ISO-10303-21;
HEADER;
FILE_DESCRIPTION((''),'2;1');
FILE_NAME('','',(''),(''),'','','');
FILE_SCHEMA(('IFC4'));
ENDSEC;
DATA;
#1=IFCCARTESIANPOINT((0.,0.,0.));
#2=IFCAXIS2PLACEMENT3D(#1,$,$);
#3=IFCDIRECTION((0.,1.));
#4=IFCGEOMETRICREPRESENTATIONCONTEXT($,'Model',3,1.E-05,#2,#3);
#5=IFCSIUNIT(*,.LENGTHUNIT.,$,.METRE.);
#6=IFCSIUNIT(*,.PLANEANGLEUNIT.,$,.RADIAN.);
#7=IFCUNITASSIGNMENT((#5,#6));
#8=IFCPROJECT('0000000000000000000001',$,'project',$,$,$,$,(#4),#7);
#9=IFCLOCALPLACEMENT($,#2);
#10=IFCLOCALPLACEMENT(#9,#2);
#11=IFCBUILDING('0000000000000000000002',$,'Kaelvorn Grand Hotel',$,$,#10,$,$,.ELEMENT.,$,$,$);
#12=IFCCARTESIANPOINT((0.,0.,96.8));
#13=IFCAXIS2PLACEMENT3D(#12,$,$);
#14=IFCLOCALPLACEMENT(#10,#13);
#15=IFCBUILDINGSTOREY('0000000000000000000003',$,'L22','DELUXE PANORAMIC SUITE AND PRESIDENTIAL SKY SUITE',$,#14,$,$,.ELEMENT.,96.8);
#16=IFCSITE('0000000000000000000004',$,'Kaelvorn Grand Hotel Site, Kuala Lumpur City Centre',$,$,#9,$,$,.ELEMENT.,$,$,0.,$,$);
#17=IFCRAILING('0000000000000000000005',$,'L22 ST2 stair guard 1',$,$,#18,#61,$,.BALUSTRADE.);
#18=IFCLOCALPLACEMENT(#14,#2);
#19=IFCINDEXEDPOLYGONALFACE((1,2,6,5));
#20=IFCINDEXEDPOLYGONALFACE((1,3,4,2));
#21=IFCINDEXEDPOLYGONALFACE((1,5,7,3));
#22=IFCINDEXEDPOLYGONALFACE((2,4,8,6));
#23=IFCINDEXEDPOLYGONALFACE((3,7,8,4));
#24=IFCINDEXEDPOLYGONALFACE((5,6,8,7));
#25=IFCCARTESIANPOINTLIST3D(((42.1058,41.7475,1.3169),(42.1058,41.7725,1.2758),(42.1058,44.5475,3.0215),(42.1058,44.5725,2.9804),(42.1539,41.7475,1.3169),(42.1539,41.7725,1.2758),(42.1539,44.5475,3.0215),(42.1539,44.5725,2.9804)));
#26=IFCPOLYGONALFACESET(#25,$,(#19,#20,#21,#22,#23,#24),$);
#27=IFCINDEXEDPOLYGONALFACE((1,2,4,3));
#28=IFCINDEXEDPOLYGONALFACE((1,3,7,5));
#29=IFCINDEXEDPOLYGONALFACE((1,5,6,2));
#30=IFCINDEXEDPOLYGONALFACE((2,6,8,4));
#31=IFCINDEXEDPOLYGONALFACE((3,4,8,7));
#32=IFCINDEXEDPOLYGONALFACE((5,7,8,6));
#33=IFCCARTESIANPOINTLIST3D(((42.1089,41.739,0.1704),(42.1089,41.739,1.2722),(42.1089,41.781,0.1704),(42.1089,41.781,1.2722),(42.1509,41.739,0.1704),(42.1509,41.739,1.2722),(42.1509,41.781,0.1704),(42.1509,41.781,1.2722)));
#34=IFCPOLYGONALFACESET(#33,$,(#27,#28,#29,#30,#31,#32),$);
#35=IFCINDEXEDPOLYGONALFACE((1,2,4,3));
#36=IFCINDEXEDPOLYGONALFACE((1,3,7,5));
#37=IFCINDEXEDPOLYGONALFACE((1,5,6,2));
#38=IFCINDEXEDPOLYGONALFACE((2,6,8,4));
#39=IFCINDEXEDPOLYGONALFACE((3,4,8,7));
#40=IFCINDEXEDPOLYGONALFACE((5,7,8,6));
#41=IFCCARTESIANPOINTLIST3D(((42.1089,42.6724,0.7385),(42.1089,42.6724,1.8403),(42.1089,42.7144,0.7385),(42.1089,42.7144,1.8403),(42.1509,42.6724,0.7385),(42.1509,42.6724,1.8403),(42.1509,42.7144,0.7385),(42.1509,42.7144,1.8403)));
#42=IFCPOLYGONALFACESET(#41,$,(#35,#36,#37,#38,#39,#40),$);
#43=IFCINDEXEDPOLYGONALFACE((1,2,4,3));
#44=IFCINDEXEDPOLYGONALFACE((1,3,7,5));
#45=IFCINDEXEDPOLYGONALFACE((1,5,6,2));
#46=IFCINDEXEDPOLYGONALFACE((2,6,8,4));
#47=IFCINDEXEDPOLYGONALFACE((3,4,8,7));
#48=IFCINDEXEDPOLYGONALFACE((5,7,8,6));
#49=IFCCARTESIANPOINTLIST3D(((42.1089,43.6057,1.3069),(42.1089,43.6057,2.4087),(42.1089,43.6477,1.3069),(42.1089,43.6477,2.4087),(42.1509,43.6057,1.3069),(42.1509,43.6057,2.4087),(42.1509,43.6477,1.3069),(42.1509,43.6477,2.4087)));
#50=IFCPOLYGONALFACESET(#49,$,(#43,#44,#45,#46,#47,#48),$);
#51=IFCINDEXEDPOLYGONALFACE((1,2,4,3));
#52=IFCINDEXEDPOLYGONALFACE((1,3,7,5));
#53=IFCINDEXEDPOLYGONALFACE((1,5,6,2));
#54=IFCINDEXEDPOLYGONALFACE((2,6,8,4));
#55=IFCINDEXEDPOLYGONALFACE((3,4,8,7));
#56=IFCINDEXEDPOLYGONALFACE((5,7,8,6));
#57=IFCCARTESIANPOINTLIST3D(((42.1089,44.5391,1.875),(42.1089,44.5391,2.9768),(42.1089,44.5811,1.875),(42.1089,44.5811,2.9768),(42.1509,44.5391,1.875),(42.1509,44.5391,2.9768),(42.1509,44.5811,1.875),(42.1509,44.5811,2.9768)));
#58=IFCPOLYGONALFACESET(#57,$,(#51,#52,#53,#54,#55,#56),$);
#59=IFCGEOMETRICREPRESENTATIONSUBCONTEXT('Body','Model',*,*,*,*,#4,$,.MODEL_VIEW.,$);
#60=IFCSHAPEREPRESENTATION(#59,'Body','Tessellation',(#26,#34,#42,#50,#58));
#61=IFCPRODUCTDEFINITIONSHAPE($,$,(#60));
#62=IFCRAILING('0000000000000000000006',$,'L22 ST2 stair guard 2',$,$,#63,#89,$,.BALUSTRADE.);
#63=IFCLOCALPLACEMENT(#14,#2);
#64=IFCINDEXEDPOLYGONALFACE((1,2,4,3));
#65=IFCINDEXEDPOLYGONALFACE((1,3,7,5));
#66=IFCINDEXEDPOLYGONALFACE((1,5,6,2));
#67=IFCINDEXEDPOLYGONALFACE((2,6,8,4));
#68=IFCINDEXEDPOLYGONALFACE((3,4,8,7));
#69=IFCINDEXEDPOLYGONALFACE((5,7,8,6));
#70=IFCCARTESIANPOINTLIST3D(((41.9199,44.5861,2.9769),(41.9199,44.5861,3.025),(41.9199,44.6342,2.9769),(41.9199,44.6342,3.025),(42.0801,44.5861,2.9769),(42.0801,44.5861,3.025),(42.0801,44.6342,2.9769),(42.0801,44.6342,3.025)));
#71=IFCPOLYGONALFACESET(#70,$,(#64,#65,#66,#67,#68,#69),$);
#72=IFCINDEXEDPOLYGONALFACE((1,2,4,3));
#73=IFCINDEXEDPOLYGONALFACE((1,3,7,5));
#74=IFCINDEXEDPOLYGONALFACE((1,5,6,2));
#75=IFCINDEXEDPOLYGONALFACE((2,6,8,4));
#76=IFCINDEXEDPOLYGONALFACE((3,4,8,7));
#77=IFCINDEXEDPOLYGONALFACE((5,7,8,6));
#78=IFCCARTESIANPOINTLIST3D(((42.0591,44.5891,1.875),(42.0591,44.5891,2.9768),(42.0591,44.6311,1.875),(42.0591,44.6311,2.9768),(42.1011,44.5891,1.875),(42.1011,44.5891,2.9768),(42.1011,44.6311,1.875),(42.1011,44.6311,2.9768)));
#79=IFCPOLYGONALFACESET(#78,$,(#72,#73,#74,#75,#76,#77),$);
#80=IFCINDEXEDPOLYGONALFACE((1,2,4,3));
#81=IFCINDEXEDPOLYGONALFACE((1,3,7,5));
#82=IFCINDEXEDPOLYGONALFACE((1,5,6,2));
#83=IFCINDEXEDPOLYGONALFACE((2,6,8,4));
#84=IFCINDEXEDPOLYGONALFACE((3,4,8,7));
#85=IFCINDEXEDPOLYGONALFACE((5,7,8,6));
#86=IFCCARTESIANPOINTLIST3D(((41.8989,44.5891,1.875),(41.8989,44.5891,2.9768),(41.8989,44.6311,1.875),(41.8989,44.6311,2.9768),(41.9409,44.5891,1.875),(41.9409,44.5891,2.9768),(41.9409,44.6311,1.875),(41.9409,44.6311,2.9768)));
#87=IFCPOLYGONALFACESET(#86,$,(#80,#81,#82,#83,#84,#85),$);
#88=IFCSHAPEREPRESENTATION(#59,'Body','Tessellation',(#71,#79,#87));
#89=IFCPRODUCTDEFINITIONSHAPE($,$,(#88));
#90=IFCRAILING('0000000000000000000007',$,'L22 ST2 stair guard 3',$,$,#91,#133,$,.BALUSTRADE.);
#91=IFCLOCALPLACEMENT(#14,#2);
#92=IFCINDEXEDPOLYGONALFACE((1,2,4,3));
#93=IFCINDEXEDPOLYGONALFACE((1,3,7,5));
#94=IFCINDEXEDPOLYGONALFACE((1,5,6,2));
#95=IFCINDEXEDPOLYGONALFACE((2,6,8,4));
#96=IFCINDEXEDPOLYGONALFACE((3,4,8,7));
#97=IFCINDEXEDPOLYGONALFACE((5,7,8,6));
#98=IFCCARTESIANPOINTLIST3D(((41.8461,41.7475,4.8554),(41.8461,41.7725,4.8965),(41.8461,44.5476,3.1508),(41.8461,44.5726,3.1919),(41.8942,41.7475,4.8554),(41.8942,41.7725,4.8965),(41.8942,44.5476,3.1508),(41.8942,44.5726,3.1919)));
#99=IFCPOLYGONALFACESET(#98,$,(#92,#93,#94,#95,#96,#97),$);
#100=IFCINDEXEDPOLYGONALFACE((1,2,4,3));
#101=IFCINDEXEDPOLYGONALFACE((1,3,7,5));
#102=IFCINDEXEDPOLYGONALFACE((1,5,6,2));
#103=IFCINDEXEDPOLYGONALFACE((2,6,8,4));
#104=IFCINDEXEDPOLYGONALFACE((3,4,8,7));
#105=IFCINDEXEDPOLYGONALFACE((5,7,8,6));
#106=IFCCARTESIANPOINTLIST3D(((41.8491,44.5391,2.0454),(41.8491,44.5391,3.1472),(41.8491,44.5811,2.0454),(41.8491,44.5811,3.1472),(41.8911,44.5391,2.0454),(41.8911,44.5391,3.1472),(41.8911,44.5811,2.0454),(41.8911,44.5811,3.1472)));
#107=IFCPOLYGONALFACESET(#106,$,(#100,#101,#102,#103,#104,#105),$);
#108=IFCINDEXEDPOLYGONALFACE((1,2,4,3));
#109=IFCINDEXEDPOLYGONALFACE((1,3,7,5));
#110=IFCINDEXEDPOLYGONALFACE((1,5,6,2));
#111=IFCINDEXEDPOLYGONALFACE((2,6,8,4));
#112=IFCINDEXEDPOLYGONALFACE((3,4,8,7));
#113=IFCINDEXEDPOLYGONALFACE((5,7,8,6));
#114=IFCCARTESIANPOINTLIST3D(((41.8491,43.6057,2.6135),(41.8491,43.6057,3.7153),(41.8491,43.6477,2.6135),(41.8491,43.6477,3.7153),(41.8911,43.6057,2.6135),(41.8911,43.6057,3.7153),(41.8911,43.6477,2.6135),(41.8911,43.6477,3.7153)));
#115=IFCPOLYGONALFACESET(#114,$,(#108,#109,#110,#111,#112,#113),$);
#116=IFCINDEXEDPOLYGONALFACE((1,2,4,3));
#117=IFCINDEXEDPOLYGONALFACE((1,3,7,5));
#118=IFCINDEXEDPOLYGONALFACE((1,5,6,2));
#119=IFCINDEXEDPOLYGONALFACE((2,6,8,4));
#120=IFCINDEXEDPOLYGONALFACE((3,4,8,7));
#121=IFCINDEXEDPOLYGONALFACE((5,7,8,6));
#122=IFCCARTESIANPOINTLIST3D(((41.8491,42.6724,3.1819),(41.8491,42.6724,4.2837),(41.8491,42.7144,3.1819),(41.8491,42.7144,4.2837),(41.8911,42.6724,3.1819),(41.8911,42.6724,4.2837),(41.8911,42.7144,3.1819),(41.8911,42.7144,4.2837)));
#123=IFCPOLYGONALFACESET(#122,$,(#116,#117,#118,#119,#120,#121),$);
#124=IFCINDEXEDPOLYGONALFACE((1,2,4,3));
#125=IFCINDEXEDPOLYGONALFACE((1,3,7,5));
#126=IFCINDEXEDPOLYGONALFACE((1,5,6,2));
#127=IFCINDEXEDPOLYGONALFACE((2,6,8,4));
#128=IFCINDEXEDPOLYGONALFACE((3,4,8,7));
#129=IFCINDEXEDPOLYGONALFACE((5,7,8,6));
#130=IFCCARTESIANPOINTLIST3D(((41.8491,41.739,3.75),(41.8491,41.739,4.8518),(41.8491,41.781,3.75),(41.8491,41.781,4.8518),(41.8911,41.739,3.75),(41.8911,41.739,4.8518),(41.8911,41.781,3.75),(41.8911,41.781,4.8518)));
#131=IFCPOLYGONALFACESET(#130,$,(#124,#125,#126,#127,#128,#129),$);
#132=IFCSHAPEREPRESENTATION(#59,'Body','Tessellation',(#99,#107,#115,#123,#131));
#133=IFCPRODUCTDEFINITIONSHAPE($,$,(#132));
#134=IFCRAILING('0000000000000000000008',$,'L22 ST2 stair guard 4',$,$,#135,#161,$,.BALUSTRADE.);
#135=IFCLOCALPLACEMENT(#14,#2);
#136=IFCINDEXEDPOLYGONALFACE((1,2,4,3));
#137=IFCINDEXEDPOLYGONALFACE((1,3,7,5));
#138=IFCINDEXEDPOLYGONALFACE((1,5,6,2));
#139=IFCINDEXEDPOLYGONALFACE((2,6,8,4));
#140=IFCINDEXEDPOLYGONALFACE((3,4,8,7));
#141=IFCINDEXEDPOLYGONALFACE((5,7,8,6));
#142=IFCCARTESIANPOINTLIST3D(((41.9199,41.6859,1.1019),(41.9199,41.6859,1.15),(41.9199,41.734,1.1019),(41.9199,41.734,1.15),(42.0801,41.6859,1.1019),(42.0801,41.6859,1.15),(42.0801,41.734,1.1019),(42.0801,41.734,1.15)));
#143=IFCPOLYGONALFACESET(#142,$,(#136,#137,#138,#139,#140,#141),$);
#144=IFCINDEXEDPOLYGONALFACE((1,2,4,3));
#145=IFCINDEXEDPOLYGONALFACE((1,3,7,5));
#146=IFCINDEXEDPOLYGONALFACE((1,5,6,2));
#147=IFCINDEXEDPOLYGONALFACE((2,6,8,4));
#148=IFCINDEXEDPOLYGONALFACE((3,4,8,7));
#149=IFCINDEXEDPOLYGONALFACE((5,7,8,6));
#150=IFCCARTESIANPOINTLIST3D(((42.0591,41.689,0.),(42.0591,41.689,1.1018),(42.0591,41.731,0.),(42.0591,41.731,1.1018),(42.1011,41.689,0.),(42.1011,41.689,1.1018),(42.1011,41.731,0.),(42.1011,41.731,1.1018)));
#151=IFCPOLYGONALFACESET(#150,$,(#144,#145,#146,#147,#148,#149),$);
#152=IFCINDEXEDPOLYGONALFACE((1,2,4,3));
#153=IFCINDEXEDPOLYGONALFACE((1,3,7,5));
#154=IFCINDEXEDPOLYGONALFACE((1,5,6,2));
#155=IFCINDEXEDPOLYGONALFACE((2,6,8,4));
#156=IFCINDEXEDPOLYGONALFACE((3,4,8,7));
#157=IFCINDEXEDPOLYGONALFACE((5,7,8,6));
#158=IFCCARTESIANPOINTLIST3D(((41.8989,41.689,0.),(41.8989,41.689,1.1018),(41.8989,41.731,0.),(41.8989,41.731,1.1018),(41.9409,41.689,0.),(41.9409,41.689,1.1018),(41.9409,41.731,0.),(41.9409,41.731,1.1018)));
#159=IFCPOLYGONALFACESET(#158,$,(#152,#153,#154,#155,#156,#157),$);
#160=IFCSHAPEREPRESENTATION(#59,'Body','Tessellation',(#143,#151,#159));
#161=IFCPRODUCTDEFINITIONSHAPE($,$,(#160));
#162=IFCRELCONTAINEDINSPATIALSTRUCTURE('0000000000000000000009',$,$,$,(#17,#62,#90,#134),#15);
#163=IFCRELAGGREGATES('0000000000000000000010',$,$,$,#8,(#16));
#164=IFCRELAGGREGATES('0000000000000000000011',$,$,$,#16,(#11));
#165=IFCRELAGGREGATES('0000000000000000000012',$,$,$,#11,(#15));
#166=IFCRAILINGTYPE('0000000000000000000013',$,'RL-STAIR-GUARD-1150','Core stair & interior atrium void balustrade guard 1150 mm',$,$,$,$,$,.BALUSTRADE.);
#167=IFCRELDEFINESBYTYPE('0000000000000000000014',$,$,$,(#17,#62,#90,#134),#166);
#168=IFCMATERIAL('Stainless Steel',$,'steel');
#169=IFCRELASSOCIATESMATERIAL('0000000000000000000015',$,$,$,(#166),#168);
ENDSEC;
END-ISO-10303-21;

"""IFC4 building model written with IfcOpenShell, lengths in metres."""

from ifc_helpers import new_model, si_unit, direction, frame, origin, origin_2d, place, context, subcontext, project, spatial, rectangle, extrude, material, type_object, element, save


model = new_model("IFC4")

# Units and contexts
model_context = context("Model", 3, precision=1e-05, world=origin(), true_north=direction((0.0, 1.0)))
body_context = subcontext(model_context, "Body", "Model", "MODEL_VIEW")
ifc_project = project(units=[si_unit("LENGTHUNIT", "METRE"), si_unit("PLANEANGLEUNIT", "RADIAN")], contexts=[model_context])

# Site, building, storey
site_placement = place(None, origin())
site = spatial("IfcSite", under=ifc_project, at=site_placement, Name="Kaelvorn Grand Hotel Site, Kuala Lumpur City Centre", CompositionType="ELEMENT", RefElevation=0.0)
building_placement = place(site_placement, origin())
building = spatial("IfcBuilding", under=site, at=building_placement, Name="Kaelvorn Grand Hotel", CompositionType="ELEMENT")
storey_placement = place(building_placement, frame((0.0, 0.0, 96.8)))
storey = spatial("IfcBuildingStorey", under=building, at=storey_placement, Name="L22", Description="DELUXE PANORAMIC SUITE AND PRESIDENTIAL SKY SUITE", CompositionType="ELEMENT", Elevation=96.8)

# Railings
ifc_material_1 = material(Name="Stainless Steel", Category="steel")
railing_type_1 = type_object("IfcRailingType", Name="RL-STAIR-GUARD-1150", Description="Core stair & interior atrium void balustrade guard 1150 mm", PredefinedType="BALUSTRADE", material=ifc_material_1)
railing_1_placement = place(storey_placement, frame((42.1299, 41.76, 0.1704)))
element("IfcRailing", 1, at=railing_1_placement, inside=storey, type_object=railing_type_1, Name="L22 ST2 stair guard 1", PredefinedType="BALUSTRADE", context=body_context, shape_type="SweptSolid", body=[
    extrude(rectangle(XDim=0.0481, YDim=0.0481, at=origin_2d()), frame((0.0, 0.0, 1.126), z_axis=(0.0, 0.85417, 0.519994), x_axis=(-1.0, 0.0, 0.0)), (0.0, 0.0, 1.0), 3.2781),
    extrude(rectangle(XDim=0.042, YDim=0.042, at=origin_2d()), origin(), (0.0, 0.0, 1.0), 1.1018),
    extrude(rectangle(XDim=0.042, YDim=0.042, at=origin_2d()), frame((0.0, 0.9333, 0.5681)), (0.0, 0.0, 1.0), 1.1018),
    extrude(rectangle(XDim=0.042, YDim=0.042, at=origin_2d()), frame((0.0, 1.8667, 1.1365)), (0.0, 0.0, 1.0), 1.1018),
    extrude(rectangle(XDim=0.042, YDim=0.042, at=origin_2d()), frame((0.0, 2.8, 1.7046)), (0.0, 0.0, 1.0), 1.1018),
])
railing_2_placement = place(storey_placement, frame((42.0801, 44.6101, 1.875)))
element("IfcRailing", 2, at=railing_2_placement, inside=storey, type_object=railing_type_1, Name="L22 ST2 stair guard 2", PredefinedType="BALUSTRADE", context=body_context, shape_type="SweptSolid", body=[
    extrude(rectangle(XDim=0.0481, YDim=0.0481, at=origin_2d()), frame((0.0, 0.0, 1.126), z_axis=(-1.0, 0.0, 0.0), x_axis=(0.0, -1.0, 0.0)), (0.0, 0.0, 1.0), 0.1602),
    extrude(rectangle(XDim=0.042, YDim=0.042, at=origin_2d()), origin(), (0.0, 0.0, 1.0), 1.1018),
    extrude(rectangle(XDim=0.042, YDim=0.042, at=origin_2d()), frame((-0.1602, 0.0, 0.0)), (0.0, 0.0, 1.0), 1.1018),
])
railing_3_placement = place(storey_placement, frame((41.8701, 44.5601, 2.0454)))
element("IfcRailing", 3, at=railing_3_placement, inside=storey, type_object=railing_type_1, Name="L22 ST2 stair guard 3", PredefinedType="BALUSTRADE", context=body_context, shape_type="SweptSolid", body=[
    extrude(rectangle(XDim=0.0481, YDim=0.0481, at=origin_2d()), frame((0.0, 0.0, 1.126), z_axis=(0.0, -0.85417, 0.519994), x_axis=(1.0, 0.0, 0.0)), (0.0, 0.0, 1.0), 3.2781),
    extrude(rectangle(XDim=0.042, YDim=0.042, at=origin_2d()), origin(), (0.0, 0.0, 1.0), 1.1018),
    extrude(rectangle(XDim=0.042, YDim=0.042, at=origin_2d()), frame((0.0, -0.9333, 0.5681)), (0.0, 0.0, 1.0), 1.1018),
    extrude(rectangle(XDim=0.042, YDim=0.042, at=origin_2d()), frame((0.0, -1.8667, 1.1365)), (0.0, 0.0, 1.0), 1.1018),
    extrude(rectangle(XDim=0.042, YDim=0.042, at=origin_2d()), frame((0.0, -2.8, 1.7046)), (0.0, 0.0, 1.0), 1.1018),
])
railing_4_placement = place(storey_placement, frame((42.0801, 41.71, 0.0)))
element("IfcRailing", 4, at=railing_4_placement, inside=storey, type_object=railing_type_1, Name="L22 ST2 stair guard 4", PredefinedType="BALUSTRADE", context=body_context, shape_type="SweptSolid", body=[
    extrude(rectangle(XDim=0.0481, YDim=0.0481, at=origin_2d()), frame((0.0, 0.0, 1.126), z_axis=(-1.0, 0.0, 0.0), x_axis=(0.0, -1.0, 0.0)), (0.0, 0.0, 1.0), 0.1602),
    extrude(rectangle(XDim=0.042, YDim=0.042, at=origin_2d()), origin(), (0.0, 0.0, 1.0), 1.1018),
    extrude(rectangle(XDim=0.042, YDim=0.042, at=origin_2d()), frame((-0.1602, 0.0, 0.0)), (0.0, 0.0, 1.0), 1.1018),
])

save(model, "model.ifc")
